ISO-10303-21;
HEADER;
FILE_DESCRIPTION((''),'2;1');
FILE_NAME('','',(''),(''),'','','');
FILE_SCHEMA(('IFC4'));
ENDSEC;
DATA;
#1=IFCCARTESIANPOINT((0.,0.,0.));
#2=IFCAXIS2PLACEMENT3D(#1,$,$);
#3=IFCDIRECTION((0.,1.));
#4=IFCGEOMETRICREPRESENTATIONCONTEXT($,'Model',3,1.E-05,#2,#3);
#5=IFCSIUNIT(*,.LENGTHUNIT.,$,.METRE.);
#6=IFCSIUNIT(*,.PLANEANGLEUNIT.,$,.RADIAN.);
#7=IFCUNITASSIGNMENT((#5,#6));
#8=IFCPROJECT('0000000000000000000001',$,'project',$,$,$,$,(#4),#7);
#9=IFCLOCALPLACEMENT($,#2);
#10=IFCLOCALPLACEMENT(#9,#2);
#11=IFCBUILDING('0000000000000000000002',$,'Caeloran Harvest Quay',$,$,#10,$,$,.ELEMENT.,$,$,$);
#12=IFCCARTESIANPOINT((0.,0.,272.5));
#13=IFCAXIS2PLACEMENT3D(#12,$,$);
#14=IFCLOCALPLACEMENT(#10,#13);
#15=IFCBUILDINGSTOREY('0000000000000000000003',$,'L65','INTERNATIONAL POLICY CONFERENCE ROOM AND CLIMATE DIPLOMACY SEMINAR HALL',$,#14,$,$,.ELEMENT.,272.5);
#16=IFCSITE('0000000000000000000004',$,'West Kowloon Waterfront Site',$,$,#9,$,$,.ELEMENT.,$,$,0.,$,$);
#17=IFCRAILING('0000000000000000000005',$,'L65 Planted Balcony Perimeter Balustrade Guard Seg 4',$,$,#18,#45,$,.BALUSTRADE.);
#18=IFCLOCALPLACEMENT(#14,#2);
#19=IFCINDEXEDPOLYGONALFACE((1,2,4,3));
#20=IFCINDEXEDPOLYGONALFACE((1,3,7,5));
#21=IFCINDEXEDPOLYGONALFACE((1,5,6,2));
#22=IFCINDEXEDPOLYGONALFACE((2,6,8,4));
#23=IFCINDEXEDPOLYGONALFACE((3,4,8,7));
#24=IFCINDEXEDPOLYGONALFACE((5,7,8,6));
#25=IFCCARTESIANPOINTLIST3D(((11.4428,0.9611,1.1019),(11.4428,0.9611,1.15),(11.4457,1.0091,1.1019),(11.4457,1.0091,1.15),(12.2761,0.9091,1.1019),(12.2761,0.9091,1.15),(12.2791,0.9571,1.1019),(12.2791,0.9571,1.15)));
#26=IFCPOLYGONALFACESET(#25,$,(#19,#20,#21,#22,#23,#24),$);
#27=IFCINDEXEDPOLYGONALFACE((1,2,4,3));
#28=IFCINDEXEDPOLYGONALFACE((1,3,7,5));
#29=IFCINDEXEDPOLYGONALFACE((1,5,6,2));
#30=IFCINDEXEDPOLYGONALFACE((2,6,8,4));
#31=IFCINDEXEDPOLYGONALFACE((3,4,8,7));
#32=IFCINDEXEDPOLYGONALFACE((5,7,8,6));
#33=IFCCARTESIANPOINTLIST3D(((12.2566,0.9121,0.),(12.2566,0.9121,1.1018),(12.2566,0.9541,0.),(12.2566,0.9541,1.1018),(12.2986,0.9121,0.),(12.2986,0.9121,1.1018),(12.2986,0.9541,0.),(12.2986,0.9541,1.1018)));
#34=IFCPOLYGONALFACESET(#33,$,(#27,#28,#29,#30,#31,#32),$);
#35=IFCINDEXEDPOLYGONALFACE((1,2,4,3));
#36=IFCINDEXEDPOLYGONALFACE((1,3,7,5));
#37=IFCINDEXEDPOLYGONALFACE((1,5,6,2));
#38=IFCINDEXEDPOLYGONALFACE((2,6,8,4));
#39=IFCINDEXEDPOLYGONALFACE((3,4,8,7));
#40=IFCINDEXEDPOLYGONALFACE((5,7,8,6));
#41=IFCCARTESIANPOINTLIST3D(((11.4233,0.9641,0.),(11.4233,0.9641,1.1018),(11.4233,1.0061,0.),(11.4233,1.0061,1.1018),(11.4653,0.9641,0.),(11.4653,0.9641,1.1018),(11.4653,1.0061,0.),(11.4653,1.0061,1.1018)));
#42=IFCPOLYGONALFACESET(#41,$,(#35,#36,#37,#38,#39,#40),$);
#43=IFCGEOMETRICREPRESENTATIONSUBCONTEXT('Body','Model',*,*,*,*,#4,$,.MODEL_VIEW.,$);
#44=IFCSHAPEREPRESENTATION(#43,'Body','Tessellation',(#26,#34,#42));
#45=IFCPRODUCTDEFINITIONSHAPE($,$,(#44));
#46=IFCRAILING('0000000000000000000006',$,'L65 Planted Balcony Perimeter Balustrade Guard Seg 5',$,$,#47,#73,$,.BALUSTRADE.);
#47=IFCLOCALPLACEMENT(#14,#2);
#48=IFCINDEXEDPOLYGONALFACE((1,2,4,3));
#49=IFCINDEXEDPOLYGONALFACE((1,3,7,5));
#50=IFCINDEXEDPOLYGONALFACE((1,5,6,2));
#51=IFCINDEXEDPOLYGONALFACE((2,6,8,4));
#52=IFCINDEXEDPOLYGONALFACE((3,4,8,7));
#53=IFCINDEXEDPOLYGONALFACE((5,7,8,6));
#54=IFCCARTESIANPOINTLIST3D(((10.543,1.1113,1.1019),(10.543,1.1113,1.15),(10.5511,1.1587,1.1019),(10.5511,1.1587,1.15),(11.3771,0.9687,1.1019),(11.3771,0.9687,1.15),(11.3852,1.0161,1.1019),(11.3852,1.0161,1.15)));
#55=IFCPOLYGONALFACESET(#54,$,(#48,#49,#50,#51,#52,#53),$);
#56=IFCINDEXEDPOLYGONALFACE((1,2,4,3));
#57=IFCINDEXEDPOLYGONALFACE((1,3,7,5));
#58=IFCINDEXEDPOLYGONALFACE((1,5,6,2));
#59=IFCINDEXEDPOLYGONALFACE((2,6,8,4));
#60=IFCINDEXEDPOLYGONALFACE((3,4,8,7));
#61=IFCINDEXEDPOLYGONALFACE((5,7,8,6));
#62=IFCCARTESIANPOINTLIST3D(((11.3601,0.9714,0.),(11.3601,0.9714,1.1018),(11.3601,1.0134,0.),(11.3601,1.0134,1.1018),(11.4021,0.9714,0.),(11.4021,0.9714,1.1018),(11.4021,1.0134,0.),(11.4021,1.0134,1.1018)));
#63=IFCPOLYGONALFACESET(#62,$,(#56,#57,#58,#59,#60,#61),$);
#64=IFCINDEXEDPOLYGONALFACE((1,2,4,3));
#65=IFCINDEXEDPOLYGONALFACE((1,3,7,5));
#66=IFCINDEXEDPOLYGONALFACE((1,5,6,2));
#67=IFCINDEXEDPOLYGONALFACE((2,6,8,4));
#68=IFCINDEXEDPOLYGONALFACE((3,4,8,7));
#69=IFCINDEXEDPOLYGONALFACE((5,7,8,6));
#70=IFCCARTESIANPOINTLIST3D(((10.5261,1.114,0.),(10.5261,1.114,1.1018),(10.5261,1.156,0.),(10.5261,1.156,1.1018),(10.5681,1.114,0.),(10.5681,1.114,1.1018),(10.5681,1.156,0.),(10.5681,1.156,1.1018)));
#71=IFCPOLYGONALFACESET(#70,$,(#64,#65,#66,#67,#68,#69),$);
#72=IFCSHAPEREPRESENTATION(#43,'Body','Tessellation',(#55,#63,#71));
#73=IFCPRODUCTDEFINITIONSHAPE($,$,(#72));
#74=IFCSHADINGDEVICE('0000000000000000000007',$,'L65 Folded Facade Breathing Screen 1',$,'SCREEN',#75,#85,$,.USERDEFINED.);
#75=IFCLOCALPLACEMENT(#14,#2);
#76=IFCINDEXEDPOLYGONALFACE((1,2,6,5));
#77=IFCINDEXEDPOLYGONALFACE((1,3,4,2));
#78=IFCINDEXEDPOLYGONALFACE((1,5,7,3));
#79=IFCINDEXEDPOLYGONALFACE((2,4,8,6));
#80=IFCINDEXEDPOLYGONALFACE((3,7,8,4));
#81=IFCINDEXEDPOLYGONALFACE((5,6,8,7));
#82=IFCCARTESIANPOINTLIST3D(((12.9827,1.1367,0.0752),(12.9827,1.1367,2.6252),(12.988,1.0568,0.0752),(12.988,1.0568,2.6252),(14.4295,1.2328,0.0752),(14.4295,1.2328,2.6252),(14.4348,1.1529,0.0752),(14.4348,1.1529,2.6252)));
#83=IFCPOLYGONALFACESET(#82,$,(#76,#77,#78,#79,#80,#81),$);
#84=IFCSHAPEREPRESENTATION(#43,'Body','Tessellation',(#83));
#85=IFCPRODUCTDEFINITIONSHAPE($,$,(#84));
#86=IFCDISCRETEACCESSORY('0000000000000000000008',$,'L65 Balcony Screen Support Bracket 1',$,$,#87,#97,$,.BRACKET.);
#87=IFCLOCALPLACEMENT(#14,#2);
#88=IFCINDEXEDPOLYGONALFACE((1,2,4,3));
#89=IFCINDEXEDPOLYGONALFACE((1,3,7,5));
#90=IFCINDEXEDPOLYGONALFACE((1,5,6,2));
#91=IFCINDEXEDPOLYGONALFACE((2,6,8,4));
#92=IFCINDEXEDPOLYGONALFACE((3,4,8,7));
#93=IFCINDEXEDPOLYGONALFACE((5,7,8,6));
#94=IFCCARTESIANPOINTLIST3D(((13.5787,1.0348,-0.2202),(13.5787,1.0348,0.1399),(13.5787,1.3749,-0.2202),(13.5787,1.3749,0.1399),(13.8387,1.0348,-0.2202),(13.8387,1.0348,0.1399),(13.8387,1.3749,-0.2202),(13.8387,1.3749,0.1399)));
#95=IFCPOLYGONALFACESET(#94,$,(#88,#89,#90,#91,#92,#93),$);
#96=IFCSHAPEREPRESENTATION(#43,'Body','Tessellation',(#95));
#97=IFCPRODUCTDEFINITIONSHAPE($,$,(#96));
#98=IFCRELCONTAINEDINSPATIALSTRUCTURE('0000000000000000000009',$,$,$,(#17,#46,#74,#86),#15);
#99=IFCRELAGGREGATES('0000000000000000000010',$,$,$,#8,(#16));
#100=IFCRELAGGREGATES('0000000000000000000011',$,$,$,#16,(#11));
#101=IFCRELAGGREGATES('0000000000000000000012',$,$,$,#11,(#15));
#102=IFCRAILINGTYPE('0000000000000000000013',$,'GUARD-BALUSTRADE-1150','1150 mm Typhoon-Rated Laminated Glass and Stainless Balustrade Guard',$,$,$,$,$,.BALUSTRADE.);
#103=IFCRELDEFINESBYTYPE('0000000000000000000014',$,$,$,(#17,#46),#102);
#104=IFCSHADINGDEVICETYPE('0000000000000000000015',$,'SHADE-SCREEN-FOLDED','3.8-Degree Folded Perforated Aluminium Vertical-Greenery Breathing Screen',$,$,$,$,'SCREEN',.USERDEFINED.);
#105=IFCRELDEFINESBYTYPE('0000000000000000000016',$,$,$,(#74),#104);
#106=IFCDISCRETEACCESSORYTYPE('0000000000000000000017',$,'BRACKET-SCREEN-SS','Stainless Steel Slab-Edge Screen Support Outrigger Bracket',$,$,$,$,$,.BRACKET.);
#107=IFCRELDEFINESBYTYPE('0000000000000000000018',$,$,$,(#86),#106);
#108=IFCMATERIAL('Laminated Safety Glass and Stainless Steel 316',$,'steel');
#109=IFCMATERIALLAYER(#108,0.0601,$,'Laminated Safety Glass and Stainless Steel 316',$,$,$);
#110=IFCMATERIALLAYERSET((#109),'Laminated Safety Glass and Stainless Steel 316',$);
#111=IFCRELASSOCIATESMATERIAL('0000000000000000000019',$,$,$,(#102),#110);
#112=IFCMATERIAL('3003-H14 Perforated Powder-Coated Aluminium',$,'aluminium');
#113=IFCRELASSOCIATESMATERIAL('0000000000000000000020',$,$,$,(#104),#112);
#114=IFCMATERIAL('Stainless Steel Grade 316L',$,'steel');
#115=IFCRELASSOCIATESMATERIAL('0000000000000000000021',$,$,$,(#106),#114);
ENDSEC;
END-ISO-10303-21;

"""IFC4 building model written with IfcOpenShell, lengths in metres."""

from ifc_helpers import new_model, si_unit, direction, frame, origin, origin_2d, place, context, subcontext, project, spatial, rectangle, extrude, material, layer, layer_set, type_object, element, save


model = new_model("IFC4")

# Units and contexts
model_context = context("Model", 3, precision=1e-05, world=origin(), true_north=direction((0.0, 1.0)))
body_context = subcontext(model_context, "Body", "Model", "MODEL_VIEW")
ifc_project = project(units=[si_unit("LENGTHUNIT", "METRE"), si_unit("PLANEANGLEUNIT", "RADIAN")], contexts=[model_context])

# Site, building, storey
site_placement = place(None, origin())
site = spatial("IfcSite", under=ifc_project, at=site_placement, Name="West Kowloon Waterfront Site", CompositionType="ELEMENT", RefElevation=0.0)
building_placement = place(site_placement, origin())
building = spatial("IfcBuilding", under=site, at=building_placement, Name="Caeloran Harvest Quay", CompositionType="ELEMENT")
storey_placement = place(building_placement, frame((0.0, 0.0, 272.5)))
storey = spatial("IfcBuildingStorey", under=building, at=storey_placement, Name="L65", Description="INTERNATIONAL POLICY CONFERENCE ROOM AND CLIMATE DIPLOMACY SEMINAR HALL", CompositionType="ELEMENT", Elevation=272.5)

# Railings
ifc_material_1 = material(Name="Laminated Safety Glass and Stainless Steel 316", Category="steel")
ifc_layer_1 = layer(ifc_material_1, 0.0601, Name="Laminated Safety Glass and Stainless Steel 316")
ifc_layer_set_1 = layer_set([ifc_layer_1], Name="Laminated Safety Glass and Stainless Steel 316")
railing_type = type_object("IfcRailingType", Name="GUARD-BALUSTRADE-1150", Description="1150 mm Typhoon-Rated Laminated Glass and Stainless Balustrade Guard", PredefinedType="BALUSTRADE", material=ifc_layer_set_1)
railing_1_placement = place(storey_placement, frame((12.2776, 0.9331, 0.0)))
element("IfcRailing", 1, at=railing_1_placement, inside=storey, type_object=railing_type, Name="L65 Planted Balcony Perimeter Balustrade Guard Seg 4", PredefinedType="BALUSTRADE", context=body_context, shape_type="SweptSolid", body=[
    extrude(rectangle(XDim=0.0481, YDim=0.0481, at=origin_2d()), frame((0.0, 0.0, 1.126), z_axis=(-0.998058, 0.062287, 0.0), x_axis=(-0.062287, -0.998058, 0.0)), (0.0, 0.0, 1.0), 0.835),
    extrude(rectangle(XDim=0.042, YDim=0.042, at=origin_2d()), origin(), (0.0, 0.0, 1.0), 1.1018),
    extrude(rectangle(XDim=0.042, YDim=0.042, at=origin_2d()), frame((-0.8333, 0.052, 0.0)), (0.0, 0.0, 1.0), 1.1018),
])
railing_2_placement = place(storey_placement, frame((11.3811, 0.9924, 0.0)))
element("IfcRailing", 2, at=railing_2_placement, inside=storey, type_object=railing_type, Name="L65 Planted Balcony Perimeter Balustrade Guard Seg 5", PredefinedType="BALUSTRADE", context=body_context, shape_type="SweptSolid", body=[
    extrude(rectangle(XDim=0.0481, YDim=0.0481, at=origin_2d()), frame((0.0, 0.0, 1.126), z_axis=(-0.985699, 0.168515, 0.0), x_axis=(-0.168515, -0.985699, 0.0)), (0.0, 0.0, 1.0), 0.8462),
    extrude(rectangle(XDim=0.042, YDim=0.042, at=origin_2d()), origin(), (0.0, 0.0, 1.0), 1.1018),
    extrude(rectangle(XDim=0.042, YDim=0.042, at=origin_2d()), frame((-0.834, 0.1426, 0.0)), (0.0, 0.0, 1.0), 1.1018),
])

# Shading device
ifc_material_2 = material(Name="3003-H14 Perforated Powder-Coated Aluminium", Category="aluminium")
shading_device_type = type_object("IfcShadingDeviceType", Name="SHADE-SCREEN-FOLDED", Description="3.8-Degree Folded Perforated Aluminium Vertical-Greenery Breathing Screen", ElementType="SCREEN", PredefinedType="USERDEFINED", material=ifc_material_2)
shading_device_placement = place(storey_placement, frame((13.7087, 1.1448, 0.0752), z_axis=(0.0, 0.0, 1.0), x_axis=(0.997801, 0.066274, 0.0)))
element("IfcShadingDevice", 3, at=shading_device_placement, inside=storey, type_object=shading_device_type, Name="L65 Folded Facade Breathing Screen 1", ObjectType="SCREEN", PredefinedType="USERDEFINED", context=body_context, shape_type="SweptSolid", body=[
    extrude(rectangle(XDim=1.45, YDim=0.0801, at=origin_2d()), origin(), (0.0, 0.0, 1.0), 2.55),
])

# Discrete accessory
ifc_material_3 = material(Name="Stainless Steel Grade 316L", Category="steel")
discrete_accessory_type = type_object("IfcDiscreteAccessoryType", Name="BRACKET-SCREEN-SS", Description="Stainless Steel Slab-Edge Screen Support Outrigger Bracket", PredefinedType="BRACKET", material=ifc_material_3)
discrete_accessory_placement = place(storey_placement, frame((13.7087, 1.2048, -0.2202), z_axis=(0.0, 0.0, 1.0), x_axis=(1.0, 0.0, 0.0)))
element("IfcDiscreteAccessory", 4, at=discrete_accessory_placement, inside=storey, type_object=discrete_accessory_type, Name="L65 Balcony Screen Support Bracket 1", PredefinedType="BRACKET", context=body_context, shape_type="SweptSolid", body=[
    extrude(rectangle(XDim=0.26, YDim=0.3401, at=origin_2d()), origin(), (0.0, 0.0, 1.0), 0.3601),
])

save(model, "model.ifc")
